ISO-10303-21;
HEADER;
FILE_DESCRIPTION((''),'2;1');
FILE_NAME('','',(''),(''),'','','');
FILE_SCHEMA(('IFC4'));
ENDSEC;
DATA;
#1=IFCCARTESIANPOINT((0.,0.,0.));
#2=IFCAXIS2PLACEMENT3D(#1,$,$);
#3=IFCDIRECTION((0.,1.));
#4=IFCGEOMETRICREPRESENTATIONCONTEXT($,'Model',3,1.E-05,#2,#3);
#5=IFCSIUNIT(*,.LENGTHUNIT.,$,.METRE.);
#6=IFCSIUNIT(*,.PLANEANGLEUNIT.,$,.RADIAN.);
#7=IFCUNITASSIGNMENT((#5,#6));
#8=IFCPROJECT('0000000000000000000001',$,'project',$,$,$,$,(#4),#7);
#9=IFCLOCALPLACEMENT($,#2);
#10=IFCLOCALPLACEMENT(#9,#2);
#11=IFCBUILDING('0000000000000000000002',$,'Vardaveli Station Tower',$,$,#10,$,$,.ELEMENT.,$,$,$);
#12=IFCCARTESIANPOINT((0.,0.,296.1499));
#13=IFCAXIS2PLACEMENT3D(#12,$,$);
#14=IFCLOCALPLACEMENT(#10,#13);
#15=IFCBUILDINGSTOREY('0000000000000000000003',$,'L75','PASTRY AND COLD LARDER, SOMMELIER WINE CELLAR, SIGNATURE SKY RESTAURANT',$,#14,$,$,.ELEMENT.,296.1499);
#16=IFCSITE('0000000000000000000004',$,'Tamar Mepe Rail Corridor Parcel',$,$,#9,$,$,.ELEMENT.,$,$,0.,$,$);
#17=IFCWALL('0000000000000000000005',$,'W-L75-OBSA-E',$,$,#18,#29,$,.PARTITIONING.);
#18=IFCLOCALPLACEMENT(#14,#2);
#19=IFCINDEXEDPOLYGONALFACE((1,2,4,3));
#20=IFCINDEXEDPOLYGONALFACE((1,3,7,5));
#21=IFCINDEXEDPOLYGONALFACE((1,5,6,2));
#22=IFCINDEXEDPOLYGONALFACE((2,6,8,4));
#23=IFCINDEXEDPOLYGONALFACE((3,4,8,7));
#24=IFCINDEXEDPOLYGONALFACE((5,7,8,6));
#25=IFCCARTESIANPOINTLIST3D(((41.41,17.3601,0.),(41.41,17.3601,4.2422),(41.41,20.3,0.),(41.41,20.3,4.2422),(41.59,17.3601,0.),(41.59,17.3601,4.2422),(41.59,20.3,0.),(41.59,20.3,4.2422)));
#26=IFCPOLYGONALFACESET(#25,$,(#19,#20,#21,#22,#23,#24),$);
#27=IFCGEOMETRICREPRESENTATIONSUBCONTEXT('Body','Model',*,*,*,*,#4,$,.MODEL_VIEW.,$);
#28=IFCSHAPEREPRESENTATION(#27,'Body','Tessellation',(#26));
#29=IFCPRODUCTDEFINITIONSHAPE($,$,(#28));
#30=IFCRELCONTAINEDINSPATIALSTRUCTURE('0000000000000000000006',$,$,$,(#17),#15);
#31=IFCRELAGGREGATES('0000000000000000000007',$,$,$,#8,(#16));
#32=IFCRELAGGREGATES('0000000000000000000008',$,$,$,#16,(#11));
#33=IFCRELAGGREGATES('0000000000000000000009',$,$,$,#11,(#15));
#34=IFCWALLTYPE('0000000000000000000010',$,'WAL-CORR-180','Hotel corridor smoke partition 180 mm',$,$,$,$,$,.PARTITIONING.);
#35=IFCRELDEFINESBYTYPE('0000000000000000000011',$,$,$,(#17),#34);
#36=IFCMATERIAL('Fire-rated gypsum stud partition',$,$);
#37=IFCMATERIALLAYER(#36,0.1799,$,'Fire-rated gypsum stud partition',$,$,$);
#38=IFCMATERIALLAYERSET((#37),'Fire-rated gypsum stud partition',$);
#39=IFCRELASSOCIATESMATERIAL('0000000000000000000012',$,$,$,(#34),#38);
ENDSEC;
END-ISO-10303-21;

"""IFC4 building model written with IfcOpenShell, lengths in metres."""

from ifc_helpers import new_model, si_unit, direction, frame, frame_2d, origin, place, context, subcontext, project, spatial, rectangle, extrude, source, transform, mapped, material, layer, layer_set, type_object, element, save


model = new_model("IFC4")

# Units and contexts
model_context = context("Model", 3, precision=1e-05, world=origin(), true_north=direction((0.0, 1.0)))
body_context = subcontext(model_context, "Body", "Model", "MODEL_VIEW")
ifc_project = project(units=[si_unit("LENGTHUNIT", "METRE"), si_unit("PLANEANGLEUNIT", "RADIAN")], contexts=[model_context])

# Site, building, storey
site_placement = place(None, origin())
site = spatial("IfcSite", under=ifc_project, at=site_placement, Name="Tamar Mepe Rail Corridor Parcel", CompositionType="ELEMENT", RefElevation=0.0)
building_placement = place(site_placement, origin())
building = spatial("IfcBuilding", under=site, at=building_placement, Name="Vardaveli Station Tower", CompositionType="ELEMENT")
storey_placement = place(building_placement, frame((0.0, 0.0, 296.1499)))
storey = spatial("IfcBuildingStorey", under=building, at=storey_placement, Name="L75", Description="PASTRY AND COLD LARDER, SOMMELIER WINE CELLAR, SIGNATURE SKY RESTAURANT", CompositionType="ELEMENT", Elevation=296.1499)

# Wall
ifc_material_1 = material(Name="Fire-rated gypsum stud partition")
ifc_layer_1 = layer(ifc_material_1, 0.1799, Name="Fire-rated gypsum stud partition")
ifc_layer_set_1 = layer_set([ifc_layer_1], Name="Fire-rated gypsum stud partition")
wall_type_1 = type_object("IfcWallType", Name="WAL-CORR-180", Description="Hotel corridor smoke partition 180 mm", PredefinedType="PARTITIONING", material=ifc_layer_set_1)
shared_shape_1 = source(origin(), body_context, "Body", "SweptSolid", [
    extrude(rectangle(XDim=2.9399, YDim=0.1799, at=frame_2d((1.47, 0.0))), origin(), (0.0, 0.0, 1.0), 4.2422),
])
wall_1_placement = place(storey_placement, frame((41.5, 17.3601, 0.0), z_axis=(0.0, 0.0, 1.0), x_axis=(0.0, 1.0, 0.0)))
element("IfcWall", 1, at=wall_1_placement, inside=storey, type_object=wall_type_1, Name="W-L75-OBSA-E", PredefinedType="PARTITIONING", context=body_context, shape_type="MappedRepresentation", body=[
    mapped(shared_shape_1, transform((0.0, 0.0, 0.0), scale=1.0)),
])

save(model, "model.ifc")
